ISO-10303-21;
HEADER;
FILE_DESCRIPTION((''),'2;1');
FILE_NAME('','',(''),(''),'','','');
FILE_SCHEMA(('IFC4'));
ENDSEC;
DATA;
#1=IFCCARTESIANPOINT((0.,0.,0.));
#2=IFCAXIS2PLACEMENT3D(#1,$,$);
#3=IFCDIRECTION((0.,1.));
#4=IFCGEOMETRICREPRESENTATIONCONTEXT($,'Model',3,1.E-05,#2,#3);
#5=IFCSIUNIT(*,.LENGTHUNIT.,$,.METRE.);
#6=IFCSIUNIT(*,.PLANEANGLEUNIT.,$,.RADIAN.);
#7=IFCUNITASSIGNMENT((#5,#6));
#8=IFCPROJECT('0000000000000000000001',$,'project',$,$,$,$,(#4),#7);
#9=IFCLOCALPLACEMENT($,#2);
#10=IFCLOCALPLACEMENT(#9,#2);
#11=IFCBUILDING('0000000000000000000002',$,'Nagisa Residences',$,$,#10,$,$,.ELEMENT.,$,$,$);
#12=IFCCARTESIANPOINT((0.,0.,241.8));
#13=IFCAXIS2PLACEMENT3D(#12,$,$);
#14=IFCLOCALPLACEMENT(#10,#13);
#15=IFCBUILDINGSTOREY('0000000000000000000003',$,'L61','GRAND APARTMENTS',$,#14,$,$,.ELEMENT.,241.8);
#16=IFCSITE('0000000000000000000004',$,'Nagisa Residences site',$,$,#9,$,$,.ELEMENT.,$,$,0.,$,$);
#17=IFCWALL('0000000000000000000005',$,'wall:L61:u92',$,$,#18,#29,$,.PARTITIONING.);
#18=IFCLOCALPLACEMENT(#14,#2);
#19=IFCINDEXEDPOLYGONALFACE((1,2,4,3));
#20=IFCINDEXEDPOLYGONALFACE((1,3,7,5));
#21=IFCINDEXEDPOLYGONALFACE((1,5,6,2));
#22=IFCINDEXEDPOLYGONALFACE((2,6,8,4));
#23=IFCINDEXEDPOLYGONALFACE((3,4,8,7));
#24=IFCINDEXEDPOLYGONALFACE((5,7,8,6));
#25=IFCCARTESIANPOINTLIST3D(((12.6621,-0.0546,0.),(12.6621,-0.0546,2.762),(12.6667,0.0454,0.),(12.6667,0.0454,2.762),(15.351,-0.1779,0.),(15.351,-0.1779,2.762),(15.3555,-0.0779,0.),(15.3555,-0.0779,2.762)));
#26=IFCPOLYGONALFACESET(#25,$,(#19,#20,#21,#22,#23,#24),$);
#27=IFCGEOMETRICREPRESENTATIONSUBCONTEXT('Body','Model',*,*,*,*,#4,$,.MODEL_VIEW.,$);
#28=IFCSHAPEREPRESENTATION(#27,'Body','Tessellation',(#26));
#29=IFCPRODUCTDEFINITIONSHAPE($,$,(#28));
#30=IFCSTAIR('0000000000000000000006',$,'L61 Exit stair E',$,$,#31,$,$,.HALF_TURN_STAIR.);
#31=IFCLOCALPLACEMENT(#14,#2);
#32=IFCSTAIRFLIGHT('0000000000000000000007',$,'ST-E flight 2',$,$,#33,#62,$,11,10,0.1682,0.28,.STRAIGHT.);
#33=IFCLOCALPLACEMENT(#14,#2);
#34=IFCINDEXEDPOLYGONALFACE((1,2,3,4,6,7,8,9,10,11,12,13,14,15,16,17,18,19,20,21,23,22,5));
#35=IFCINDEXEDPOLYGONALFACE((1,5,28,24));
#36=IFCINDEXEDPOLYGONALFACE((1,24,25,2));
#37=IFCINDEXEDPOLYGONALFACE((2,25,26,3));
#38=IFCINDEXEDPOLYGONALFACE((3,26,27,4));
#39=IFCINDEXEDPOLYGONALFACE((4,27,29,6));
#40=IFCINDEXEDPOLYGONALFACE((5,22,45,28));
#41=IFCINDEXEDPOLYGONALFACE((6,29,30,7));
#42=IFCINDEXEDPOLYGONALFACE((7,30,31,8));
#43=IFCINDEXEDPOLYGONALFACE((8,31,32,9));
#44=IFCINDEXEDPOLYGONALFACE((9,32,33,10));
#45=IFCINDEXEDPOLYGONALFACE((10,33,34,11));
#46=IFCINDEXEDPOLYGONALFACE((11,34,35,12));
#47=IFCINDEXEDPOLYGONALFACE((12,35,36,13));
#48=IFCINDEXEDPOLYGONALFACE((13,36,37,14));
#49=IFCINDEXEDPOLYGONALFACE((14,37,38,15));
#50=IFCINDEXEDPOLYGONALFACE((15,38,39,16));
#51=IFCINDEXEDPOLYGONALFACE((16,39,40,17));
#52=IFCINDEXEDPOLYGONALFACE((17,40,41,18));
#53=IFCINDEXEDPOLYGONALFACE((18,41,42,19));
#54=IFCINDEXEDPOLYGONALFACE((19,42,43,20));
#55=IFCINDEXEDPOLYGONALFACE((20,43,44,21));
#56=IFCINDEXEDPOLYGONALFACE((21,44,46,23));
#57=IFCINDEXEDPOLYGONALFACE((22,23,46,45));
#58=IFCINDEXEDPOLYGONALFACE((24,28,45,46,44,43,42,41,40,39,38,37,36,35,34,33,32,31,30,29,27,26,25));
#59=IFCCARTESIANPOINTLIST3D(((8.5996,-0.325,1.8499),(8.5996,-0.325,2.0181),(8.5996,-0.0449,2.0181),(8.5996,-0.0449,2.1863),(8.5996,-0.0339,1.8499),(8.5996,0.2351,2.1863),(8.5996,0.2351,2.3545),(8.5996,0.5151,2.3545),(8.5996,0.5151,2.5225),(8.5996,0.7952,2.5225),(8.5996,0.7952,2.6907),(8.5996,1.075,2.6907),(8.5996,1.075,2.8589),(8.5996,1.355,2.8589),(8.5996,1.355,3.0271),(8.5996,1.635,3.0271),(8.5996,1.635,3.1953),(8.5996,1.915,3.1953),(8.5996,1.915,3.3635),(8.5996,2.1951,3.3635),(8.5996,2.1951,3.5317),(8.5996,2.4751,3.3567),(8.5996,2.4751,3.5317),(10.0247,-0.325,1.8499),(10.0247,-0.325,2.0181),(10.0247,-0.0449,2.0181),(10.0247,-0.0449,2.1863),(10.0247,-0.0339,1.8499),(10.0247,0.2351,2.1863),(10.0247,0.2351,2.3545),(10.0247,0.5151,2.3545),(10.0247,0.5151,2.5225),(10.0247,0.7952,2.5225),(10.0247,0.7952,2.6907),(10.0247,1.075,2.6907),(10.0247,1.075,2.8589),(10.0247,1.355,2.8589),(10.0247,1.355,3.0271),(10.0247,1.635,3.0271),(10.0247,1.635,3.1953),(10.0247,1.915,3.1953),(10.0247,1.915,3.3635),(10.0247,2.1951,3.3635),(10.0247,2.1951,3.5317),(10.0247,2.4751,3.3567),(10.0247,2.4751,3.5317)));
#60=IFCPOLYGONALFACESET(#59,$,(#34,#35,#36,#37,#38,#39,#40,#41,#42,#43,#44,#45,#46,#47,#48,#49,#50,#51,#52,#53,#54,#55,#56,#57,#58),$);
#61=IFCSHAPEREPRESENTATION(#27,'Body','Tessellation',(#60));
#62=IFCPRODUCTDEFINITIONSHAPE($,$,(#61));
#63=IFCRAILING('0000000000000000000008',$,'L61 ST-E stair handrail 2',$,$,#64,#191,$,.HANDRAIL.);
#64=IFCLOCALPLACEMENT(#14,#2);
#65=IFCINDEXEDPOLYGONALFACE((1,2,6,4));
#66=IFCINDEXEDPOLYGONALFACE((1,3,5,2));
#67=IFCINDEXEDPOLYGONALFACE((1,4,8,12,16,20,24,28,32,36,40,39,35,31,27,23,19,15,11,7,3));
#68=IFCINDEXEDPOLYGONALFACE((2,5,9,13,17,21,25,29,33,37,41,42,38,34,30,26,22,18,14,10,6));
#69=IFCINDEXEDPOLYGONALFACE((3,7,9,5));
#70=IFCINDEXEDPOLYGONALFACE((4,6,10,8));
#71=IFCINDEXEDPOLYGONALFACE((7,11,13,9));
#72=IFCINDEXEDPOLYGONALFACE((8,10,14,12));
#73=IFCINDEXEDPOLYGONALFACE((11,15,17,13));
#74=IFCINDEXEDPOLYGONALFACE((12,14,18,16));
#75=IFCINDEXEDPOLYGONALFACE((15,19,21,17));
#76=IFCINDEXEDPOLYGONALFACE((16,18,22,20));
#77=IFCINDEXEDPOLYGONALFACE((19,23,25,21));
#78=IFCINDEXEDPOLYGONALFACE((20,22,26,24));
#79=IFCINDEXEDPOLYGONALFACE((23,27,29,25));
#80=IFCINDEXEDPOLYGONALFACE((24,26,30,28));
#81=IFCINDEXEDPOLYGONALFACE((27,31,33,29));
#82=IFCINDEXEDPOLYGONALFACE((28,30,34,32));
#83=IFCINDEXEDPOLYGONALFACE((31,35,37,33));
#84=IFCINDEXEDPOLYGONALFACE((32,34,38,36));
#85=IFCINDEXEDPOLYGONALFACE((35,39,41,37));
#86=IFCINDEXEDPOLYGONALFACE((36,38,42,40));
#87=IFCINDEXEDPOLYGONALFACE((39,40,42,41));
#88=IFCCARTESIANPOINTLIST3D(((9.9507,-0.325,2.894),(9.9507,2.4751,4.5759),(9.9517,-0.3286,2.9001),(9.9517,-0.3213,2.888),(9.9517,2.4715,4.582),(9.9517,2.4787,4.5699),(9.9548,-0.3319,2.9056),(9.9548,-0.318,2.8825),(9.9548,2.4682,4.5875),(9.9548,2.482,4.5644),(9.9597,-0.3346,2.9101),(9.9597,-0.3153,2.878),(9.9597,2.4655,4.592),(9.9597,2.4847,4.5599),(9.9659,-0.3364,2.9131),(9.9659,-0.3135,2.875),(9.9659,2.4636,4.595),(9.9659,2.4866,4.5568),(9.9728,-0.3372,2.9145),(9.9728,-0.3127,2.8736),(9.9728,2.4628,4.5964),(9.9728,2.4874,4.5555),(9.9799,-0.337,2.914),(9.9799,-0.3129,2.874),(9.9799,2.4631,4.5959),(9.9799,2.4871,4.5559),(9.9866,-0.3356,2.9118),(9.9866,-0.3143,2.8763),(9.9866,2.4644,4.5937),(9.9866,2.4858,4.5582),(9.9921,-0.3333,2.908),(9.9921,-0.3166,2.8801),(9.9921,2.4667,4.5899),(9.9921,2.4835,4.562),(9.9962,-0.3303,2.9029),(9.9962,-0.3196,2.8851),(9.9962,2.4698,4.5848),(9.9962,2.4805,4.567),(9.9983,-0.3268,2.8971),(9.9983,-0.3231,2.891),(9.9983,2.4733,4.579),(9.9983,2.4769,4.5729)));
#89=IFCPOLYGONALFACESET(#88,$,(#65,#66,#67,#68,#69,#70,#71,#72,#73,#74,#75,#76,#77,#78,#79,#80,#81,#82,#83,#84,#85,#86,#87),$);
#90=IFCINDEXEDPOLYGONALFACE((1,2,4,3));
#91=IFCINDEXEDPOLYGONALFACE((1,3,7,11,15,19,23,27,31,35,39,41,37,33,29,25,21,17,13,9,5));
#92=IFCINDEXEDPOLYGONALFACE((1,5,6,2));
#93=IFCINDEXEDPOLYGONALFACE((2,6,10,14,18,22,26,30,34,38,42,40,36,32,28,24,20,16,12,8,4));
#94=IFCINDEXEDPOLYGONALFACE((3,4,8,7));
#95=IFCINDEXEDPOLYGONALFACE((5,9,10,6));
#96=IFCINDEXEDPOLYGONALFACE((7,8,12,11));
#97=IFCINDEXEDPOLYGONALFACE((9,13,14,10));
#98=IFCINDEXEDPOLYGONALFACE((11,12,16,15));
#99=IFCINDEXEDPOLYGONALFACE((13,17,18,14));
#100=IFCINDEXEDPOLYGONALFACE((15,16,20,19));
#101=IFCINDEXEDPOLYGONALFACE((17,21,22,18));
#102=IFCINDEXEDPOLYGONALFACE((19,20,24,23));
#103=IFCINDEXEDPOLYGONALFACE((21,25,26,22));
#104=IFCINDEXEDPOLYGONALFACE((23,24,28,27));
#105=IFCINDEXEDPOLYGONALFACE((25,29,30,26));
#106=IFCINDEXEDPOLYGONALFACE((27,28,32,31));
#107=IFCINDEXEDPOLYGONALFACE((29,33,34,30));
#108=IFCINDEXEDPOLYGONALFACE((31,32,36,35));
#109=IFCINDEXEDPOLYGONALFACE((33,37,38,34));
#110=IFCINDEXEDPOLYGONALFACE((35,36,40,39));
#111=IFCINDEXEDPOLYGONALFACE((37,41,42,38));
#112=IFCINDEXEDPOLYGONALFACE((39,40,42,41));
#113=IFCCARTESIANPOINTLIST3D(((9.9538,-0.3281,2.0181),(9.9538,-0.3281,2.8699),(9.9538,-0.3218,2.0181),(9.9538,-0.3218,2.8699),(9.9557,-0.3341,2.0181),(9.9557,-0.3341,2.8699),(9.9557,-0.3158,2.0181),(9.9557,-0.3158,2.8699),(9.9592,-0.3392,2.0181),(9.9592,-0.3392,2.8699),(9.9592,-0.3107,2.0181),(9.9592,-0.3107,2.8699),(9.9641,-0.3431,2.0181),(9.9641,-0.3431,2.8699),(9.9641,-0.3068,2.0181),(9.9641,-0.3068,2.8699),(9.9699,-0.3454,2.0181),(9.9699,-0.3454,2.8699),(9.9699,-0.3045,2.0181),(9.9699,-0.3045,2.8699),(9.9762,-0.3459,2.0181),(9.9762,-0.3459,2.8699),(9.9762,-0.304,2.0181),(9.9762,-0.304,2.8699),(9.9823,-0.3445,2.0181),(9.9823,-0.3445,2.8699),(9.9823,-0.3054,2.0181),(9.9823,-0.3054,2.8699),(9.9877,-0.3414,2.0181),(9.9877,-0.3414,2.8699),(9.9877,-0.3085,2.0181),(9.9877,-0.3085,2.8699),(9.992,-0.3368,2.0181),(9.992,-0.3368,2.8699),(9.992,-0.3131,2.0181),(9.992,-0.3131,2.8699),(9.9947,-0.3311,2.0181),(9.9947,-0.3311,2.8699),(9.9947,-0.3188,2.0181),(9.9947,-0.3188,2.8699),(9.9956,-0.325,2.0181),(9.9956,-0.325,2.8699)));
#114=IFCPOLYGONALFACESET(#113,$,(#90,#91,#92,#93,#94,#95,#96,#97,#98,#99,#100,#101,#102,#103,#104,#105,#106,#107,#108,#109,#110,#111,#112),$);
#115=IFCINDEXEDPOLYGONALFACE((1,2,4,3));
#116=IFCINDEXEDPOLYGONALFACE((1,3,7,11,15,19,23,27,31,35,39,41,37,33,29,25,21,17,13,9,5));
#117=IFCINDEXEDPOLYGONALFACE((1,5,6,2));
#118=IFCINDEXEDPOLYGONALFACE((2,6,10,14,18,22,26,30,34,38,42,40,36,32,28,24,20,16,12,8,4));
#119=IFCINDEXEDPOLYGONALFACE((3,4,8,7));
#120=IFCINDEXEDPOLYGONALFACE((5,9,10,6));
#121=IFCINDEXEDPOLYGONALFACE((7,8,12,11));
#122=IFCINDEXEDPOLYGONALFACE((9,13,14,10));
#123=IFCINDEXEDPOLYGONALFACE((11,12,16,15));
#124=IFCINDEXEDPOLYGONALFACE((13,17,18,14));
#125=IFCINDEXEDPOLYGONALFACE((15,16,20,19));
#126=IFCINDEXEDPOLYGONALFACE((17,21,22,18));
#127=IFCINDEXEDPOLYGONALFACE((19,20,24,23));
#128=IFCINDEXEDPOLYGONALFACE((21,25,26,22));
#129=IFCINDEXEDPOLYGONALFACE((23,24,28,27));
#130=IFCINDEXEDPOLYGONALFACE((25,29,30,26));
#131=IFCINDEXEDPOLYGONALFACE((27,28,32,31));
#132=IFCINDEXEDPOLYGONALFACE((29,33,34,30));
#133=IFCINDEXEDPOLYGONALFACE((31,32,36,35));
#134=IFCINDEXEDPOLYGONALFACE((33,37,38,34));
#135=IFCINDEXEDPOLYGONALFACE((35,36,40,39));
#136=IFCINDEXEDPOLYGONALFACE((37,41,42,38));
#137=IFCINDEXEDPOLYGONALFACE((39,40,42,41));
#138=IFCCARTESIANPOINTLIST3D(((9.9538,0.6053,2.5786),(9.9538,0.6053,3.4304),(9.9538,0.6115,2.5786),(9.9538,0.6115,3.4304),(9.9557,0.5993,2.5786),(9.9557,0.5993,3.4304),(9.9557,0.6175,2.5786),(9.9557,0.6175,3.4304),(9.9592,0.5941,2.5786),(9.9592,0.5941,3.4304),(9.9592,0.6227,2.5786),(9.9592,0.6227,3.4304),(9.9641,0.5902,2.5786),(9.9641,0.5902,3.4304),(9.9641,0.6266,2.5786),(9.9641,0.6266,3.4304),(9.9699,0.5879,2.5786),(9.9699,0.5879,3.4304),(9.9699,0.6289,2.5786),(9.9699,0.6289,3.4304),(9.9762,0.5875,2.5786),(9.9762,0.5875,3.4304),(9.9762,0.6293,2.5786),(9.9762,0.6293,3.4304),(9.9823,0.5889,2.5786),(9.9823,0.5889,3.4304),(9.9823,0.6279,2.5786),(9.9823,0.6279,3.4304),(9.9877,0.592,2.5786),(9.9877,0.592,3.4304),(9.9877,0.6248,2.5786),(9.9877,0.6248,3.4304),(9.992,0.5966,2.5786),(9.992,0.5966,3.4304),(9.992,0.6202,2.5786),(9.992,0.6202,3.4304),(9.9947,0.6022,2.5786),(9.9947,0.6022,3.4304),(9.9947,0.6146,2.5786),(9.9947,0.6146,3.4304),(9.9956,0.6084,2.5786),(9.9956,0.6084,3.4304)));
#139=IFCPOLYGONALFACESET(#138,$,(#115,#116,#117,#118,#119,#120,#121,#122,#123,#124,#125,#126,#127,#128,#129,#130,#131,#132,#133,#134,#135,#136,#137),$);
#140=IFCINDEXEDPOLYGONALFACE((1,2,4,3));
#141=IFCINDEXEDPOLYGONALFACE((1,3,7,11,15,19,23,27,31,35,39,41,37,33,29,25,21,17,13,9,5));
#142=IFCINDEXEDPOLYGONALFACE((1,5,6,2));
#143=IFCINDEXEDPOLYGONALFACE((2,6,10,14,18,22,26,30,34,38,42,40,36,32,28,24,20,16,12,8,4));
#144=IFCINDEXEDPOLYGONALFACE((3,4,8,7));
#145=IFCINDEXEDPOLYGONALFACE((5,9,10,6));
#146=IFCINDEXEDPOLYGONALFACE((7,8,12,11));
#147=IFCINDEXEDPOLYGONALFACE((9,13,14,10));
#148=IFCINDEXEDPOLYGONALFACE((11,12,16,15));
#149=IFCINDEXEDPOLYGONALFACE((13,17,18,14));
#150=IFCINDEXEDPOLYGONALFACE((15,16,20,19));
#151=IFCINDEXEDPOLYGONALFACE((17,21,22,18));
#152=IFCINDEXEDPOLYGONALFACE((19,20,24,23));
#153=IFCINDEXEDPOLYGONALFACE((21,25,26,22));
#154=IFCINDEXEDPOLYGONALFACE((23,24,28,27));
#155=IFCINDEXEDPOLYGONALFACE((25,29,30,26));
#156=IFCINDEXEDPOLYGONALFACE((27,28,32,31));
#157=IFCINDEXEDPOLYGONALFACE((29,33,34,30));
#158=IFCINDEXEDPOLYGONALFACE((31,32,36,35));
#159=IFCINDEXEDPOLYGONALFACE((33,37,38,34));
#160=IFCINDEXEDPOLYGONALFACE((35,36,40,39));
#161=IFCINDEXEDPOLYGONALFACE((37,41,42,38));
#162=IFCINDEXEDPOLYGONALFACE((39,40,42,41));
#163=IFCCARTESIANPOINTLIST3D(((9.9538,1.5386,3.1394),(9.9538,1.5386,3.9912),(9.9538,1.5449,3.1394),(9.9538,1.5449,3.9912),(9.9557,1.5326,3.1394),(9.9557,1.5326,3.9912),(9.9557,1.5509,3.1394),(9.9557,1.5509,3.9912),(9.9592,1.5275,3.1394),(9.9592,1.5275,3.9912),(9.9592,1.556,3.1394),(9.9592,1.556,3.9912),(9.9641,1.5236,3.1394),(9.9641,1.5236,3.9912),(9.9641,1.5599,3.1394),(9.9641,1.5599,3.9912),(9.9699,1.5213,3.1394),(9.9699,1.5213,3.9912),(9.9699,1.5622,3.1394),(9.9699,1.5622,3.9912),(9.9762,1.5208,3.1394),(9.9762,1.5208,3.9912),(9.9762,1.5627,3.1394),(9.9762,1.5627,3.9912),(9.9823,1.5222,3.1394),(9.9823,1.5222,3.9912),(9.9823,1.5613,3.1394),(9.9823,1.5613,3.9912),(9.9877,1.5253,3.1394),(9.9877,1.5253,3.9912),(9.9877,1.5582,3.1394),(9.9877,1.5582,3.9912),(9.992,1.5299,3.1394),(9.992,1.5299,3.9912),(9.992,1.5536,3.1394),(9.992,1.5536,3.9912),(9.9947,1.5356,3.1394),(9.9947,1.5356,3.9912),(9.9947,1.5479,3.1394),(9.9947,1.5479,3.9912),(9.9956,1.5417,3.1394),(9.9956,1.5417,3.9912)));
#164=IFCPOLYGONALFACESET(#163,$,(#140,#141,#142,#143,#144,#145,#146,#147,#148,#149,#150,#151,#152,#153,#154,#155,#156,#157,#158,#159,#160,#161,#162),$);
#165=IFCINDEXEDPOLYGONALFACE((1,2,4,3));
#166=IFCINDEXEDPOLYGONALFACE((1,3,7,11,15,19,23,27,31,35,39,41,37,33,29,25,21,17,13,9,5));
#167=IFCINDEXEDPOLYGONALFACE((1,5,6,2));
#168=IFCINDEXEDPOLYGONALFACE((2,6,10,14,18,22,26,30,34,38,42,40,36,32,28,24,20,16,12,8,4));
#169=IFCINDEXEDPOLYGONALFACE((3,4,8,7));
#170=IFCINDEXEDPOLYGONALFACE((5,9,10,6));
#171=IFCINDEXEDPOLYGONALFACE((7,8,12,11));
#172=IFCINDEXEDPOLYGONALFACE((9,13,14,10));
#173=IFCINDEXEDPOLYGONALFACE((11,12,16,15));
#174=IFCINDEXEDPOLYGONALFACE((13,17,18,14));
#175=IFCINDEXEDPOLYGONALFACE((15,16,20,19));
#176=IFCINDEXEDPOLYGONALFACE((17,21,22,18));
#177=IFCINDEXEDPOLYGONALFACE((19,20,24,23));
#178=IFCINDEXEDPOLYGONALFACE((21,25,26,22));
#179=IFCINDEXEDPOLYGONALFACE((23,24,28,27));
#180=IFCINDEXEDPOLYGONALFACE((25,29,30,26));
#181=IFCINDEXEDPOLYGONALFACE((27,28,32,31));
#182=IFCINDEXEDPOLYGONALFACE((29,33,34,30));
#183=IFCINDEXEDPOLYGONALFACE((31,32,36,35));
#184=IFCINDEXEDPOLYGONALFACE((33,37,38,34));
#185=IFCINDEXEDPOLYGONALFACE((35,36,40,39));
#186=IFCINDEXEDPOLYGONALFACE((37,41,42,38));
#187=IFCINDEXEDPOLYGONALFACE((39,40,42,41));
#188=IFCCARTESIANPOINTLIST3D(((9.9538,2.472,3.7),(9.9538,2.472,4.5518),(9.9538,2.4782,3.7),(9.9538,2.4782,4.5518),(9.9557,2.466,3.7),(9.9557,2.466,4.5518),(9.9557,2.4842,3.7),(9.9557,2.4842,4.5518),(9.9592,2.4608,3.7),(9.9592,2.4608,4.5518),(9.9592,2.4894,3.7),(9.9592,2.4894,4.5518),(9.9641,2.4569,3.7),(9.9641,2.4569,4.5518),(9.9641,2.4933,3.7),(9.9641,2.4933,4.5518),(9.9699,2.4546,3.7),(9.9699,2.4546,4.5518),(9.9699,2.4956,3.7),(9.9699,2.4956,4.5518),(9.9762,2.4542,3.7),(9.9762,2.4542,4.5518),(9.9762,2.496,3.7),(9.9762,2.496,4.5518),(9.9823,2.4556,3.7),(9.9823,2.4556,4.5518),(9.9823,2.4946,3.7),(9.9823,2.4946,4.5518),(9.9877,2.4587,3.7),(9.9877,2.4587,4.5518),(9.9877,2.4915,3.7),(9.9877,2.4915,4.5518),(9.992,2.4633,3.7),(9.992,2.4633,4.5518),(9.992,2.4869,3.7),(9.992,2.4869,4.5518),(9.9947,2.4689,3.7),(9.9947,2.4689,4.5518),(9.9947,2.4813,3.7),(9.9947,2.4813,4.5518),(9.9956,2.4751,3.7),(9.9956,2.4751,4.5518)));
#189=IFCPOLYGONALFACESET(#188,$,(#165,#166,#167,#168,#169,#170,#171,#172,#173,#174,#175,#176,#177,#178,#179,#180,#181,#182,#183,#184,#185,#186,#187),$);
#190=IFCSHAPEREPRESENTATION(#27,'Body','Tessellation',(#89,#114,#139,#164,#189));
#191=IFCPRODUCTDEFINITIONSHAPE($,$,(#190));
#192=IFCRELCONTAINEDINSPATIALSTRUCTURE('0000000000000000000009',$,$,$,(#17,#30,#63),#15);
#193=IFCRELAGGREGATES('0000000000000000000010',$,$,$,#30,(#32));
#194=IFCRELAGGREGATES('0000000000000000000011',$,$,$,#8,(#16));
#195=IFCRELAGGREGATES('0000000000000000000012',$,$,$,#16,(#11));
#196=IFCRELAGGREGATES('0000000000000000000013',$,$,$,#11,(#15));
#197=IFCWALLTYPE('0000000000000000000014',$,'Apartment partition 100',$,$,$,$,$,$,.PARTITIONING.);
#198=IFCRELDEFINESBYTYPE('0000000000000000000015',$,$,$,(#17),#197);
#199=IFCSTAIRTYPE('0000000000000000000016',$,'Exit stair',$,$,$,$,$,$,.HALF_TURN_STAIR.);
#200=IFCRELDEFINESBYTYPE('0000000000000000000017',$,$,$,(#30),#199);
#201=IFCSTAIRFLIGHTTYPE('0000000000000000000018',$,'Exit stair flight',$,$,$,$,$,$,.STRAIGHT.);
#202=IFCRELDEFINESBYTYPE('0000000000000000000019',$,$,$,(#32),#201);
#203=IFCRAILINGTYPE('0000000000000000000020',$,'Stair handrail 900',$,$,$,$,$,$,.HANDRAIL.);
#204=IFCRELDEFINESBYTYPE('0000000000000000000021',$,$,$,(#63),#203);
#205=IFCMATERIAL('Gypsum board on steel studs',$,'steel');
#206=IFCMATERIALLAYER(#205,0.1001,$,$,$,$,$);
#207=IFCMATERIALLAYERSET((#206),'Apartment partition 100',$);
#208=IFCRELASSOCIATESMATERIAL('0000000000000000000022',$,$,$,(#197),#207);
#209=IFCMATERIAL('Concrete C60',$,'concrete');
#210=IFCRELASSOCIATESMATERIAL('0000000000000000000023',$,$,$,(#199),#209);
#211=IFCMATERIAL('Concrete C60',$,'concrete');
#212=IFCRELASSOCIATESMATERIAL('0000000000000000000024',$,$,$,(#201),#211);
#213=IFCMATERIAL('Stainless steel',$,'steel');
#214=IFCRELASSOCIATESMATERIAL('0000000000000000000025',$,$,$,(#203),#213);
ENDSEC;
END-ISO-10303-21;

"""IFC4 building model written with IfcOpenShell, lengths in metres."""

from ifc_helpers import new_model, si_unit, direction, frame, frame_2d, origin, origin_2d, place, context, subcontext, project, spatial, polyline, rectangle, circle, outline, extrude, material, layer, layer_set, type_object, element, aggregate, save


model = new_model("IFC4")

# Units and contexts
model_context = context("Model", 3, precision=1e-05, world=origin(), true_north=direction((0.0, 1.0)))
body_context = subcontext(model_context, "Body", "Model", "MODEL_VIEW")
ifc_project = project(units=[si_unit("LENGTHUNIT", "METRE"), si_unit("PLANEANGLEUNIT", "RADIAN")], contexts=[model_context])

# Site, building, storey
site_placement = place(None, origin())
site = spatial("IfcSite", under=ifc_project, at=site_placement, Name="Nagisa Residences site", CompositionType="ELEMENT", RefElevation=0.0)
building_placement = place(site_placement, origin())
building = spatial("IfcBuilding", under=site, at=building_placement, Name="Nagisa Residences", CompositionType="ELEMENT")
storey_placement = place(building_placement, frame((0.0, 0.0, 241.8)))
storey = spatial("IfcBuildingStorey", under=building, at=storey_placement, Name="L61", Description="GRAND APARTMENTS", CompositionType="ELEMENT", Elevation=241.8)

# Shared definitions
ifc_material_1 = material(Name="Gypsum board on steel studs", Category="steel")
ifc_layer_1 = layer(ifc_material_1, 0.1001)
ifc_layer_set_1 = layer_set([ifc_layer_1], Name="Apartment partition 100")
wall_type_1 = type_object("IfcWallType", Name="Apartment partition 100", PredefinedType="PARTITIONING", material=ifc_layer_set_1)

# Wall
wall_1_placement = place(storey_placement, frame((12.6646, -0.0046, 0.0), z_axis=(0.0, 0.0, 1.0), x_axis=(0.99895, -0.045807, 0.0)))
element("IfcWall", 1, at=wall_1_placement, inside=storey, type_object=wall_type_1, Name="wall:L61:u92", PredefinedType="PARTITIONING", context=body_context, shape_type="SweptSolid", body=[
    extrude(rectangle(XDim=2.6917, YDim=0.1001, at=frame_2d((1.3457, 0.0))), origin(), (0.0, 0.0, 1.0), 2.762),
])

# Stair, stair flight
ifc_material_2 = material(Name="Concrete C60", Category="concrete")
stair_type = type_object("IfcStairType", Name="Exit stair", PredefinedType="HALF_TURN_STAIR", material=ifc_material_2)
stair_placement = place(storey_placement, origin())
stair = element("IfcStair", 2, at=stair_placement, inside=storey, type_object=stair_type, Name="L61 Exit stair E", PredefinedType="HALF_TURN_STAIR")
ifc_material_3 = material(Name="Concrete C60", Category="concrete")
stair_flight_type = type_object("IfcStairFlightType", Name="Exit stair flight", PredefinedType="STRAIGHT", material=ifc_material_3)
stair_flight_placement = place(storey_placement, frame((9.312, -0.325, 1.8499), z_axis=(0.0, 0.0, 1.0), x_axis=(0.0, 1.0, 0.0)))
stair_flight = element("IfcStairFlight", 3, at=stair_flight_placement, type_object=stair_flight_type, Name="ST-E flight 2", NumberOfRisers=11, NumberOfTreads=10, PredefinedType="STRAIGHT", RiserHeight=0.1682, TreadLength=0.28, context=body_context, shape_type="SweptSolid", body=[
    extrude(outline(polyline([(0.0, 0.0), (0.0, 0.1682), (0.28, 0.1682), (0.28, 0.3364), (0.5601, 0.3364), (0.5601, 0.5046), (0.8401, 0.5046), (0.8401, 0.6726), (1.1201, 0.6726), (1.1201, 0.8408), (1.3999, 0.8408), (1.3999, 1.009), (1.6799, 1.009), (1.6799, 1.1772), (1.96, 1.1772), (1.96, 1.3455), (2.24, 1.3455), (2.24, 1.5137), (2.52, 1.5137), (2.52, 1.6819), (2.8, 1.6819), (2.8, 1.8501), (2.8, 1.5068), (0.291, 0.0), (0.0, 0.0)])), frame((0.0, 0.7124, 0.0), z_axis=(0.0, -1.0, 0.0), x_axis=(1.0, 0.0, 0.0)), (0.0, 0.0, 1.0), 1.425),
])
aggregate(stair, [stair_flight])

# Railing
ifc_material_4 = material(Name="Stainless steel", Category="steel")
railing_type_1 = type_object("IfcRailingType", Name="Stair handrail 900", PredefinedType="HANDRAIL", material=ifc_material_4)
railing_1_placement = place(storey_placement, frame((9.9746, -0.325, 2.0181)))
element("IfcRailing", 4, at=railing_1_placement, inside=storey, type_object=railing_type_1, Name="L61 ST-E stair handrail 2", PredefinedType="HANDRAIL", context=body_context, shape_type="SweptSolid", body=[
    extrude(circle(Radius=0.0239, at=origin_2d()), frame((0.0, 0.0, 0.876), z_axis=(0.0, 0.857242, 0.514913), x_axis=(-1.0, 0.0, 0.0)), (0.0, 0.0, 1.0), 3.2664),
    extrude(circle(Radius=0.021, at=origin_2d()), origin(), (0.0, 0.0, 1.0), 0.8518),
    extrude(circle(Radius=0.021, at=origin_2d()), frame((0.0, 0.9333, 0.5605)), (0.0, 0.0, 1.0), 0.8518),
    extrude(circle(Radius=0.021, at=origin_2d()), frame((0.0, 1.8667, 1.1213)), (0.0, 0.0, 1.0), 0.8518),
    extrude(circle(Radius=0.021, at=origin_2d()), frame((0.0, 2.8, 1.6819)), (0.0, 0.0, 1.0), 0.8518),
])

save(model, "model.ifc")
